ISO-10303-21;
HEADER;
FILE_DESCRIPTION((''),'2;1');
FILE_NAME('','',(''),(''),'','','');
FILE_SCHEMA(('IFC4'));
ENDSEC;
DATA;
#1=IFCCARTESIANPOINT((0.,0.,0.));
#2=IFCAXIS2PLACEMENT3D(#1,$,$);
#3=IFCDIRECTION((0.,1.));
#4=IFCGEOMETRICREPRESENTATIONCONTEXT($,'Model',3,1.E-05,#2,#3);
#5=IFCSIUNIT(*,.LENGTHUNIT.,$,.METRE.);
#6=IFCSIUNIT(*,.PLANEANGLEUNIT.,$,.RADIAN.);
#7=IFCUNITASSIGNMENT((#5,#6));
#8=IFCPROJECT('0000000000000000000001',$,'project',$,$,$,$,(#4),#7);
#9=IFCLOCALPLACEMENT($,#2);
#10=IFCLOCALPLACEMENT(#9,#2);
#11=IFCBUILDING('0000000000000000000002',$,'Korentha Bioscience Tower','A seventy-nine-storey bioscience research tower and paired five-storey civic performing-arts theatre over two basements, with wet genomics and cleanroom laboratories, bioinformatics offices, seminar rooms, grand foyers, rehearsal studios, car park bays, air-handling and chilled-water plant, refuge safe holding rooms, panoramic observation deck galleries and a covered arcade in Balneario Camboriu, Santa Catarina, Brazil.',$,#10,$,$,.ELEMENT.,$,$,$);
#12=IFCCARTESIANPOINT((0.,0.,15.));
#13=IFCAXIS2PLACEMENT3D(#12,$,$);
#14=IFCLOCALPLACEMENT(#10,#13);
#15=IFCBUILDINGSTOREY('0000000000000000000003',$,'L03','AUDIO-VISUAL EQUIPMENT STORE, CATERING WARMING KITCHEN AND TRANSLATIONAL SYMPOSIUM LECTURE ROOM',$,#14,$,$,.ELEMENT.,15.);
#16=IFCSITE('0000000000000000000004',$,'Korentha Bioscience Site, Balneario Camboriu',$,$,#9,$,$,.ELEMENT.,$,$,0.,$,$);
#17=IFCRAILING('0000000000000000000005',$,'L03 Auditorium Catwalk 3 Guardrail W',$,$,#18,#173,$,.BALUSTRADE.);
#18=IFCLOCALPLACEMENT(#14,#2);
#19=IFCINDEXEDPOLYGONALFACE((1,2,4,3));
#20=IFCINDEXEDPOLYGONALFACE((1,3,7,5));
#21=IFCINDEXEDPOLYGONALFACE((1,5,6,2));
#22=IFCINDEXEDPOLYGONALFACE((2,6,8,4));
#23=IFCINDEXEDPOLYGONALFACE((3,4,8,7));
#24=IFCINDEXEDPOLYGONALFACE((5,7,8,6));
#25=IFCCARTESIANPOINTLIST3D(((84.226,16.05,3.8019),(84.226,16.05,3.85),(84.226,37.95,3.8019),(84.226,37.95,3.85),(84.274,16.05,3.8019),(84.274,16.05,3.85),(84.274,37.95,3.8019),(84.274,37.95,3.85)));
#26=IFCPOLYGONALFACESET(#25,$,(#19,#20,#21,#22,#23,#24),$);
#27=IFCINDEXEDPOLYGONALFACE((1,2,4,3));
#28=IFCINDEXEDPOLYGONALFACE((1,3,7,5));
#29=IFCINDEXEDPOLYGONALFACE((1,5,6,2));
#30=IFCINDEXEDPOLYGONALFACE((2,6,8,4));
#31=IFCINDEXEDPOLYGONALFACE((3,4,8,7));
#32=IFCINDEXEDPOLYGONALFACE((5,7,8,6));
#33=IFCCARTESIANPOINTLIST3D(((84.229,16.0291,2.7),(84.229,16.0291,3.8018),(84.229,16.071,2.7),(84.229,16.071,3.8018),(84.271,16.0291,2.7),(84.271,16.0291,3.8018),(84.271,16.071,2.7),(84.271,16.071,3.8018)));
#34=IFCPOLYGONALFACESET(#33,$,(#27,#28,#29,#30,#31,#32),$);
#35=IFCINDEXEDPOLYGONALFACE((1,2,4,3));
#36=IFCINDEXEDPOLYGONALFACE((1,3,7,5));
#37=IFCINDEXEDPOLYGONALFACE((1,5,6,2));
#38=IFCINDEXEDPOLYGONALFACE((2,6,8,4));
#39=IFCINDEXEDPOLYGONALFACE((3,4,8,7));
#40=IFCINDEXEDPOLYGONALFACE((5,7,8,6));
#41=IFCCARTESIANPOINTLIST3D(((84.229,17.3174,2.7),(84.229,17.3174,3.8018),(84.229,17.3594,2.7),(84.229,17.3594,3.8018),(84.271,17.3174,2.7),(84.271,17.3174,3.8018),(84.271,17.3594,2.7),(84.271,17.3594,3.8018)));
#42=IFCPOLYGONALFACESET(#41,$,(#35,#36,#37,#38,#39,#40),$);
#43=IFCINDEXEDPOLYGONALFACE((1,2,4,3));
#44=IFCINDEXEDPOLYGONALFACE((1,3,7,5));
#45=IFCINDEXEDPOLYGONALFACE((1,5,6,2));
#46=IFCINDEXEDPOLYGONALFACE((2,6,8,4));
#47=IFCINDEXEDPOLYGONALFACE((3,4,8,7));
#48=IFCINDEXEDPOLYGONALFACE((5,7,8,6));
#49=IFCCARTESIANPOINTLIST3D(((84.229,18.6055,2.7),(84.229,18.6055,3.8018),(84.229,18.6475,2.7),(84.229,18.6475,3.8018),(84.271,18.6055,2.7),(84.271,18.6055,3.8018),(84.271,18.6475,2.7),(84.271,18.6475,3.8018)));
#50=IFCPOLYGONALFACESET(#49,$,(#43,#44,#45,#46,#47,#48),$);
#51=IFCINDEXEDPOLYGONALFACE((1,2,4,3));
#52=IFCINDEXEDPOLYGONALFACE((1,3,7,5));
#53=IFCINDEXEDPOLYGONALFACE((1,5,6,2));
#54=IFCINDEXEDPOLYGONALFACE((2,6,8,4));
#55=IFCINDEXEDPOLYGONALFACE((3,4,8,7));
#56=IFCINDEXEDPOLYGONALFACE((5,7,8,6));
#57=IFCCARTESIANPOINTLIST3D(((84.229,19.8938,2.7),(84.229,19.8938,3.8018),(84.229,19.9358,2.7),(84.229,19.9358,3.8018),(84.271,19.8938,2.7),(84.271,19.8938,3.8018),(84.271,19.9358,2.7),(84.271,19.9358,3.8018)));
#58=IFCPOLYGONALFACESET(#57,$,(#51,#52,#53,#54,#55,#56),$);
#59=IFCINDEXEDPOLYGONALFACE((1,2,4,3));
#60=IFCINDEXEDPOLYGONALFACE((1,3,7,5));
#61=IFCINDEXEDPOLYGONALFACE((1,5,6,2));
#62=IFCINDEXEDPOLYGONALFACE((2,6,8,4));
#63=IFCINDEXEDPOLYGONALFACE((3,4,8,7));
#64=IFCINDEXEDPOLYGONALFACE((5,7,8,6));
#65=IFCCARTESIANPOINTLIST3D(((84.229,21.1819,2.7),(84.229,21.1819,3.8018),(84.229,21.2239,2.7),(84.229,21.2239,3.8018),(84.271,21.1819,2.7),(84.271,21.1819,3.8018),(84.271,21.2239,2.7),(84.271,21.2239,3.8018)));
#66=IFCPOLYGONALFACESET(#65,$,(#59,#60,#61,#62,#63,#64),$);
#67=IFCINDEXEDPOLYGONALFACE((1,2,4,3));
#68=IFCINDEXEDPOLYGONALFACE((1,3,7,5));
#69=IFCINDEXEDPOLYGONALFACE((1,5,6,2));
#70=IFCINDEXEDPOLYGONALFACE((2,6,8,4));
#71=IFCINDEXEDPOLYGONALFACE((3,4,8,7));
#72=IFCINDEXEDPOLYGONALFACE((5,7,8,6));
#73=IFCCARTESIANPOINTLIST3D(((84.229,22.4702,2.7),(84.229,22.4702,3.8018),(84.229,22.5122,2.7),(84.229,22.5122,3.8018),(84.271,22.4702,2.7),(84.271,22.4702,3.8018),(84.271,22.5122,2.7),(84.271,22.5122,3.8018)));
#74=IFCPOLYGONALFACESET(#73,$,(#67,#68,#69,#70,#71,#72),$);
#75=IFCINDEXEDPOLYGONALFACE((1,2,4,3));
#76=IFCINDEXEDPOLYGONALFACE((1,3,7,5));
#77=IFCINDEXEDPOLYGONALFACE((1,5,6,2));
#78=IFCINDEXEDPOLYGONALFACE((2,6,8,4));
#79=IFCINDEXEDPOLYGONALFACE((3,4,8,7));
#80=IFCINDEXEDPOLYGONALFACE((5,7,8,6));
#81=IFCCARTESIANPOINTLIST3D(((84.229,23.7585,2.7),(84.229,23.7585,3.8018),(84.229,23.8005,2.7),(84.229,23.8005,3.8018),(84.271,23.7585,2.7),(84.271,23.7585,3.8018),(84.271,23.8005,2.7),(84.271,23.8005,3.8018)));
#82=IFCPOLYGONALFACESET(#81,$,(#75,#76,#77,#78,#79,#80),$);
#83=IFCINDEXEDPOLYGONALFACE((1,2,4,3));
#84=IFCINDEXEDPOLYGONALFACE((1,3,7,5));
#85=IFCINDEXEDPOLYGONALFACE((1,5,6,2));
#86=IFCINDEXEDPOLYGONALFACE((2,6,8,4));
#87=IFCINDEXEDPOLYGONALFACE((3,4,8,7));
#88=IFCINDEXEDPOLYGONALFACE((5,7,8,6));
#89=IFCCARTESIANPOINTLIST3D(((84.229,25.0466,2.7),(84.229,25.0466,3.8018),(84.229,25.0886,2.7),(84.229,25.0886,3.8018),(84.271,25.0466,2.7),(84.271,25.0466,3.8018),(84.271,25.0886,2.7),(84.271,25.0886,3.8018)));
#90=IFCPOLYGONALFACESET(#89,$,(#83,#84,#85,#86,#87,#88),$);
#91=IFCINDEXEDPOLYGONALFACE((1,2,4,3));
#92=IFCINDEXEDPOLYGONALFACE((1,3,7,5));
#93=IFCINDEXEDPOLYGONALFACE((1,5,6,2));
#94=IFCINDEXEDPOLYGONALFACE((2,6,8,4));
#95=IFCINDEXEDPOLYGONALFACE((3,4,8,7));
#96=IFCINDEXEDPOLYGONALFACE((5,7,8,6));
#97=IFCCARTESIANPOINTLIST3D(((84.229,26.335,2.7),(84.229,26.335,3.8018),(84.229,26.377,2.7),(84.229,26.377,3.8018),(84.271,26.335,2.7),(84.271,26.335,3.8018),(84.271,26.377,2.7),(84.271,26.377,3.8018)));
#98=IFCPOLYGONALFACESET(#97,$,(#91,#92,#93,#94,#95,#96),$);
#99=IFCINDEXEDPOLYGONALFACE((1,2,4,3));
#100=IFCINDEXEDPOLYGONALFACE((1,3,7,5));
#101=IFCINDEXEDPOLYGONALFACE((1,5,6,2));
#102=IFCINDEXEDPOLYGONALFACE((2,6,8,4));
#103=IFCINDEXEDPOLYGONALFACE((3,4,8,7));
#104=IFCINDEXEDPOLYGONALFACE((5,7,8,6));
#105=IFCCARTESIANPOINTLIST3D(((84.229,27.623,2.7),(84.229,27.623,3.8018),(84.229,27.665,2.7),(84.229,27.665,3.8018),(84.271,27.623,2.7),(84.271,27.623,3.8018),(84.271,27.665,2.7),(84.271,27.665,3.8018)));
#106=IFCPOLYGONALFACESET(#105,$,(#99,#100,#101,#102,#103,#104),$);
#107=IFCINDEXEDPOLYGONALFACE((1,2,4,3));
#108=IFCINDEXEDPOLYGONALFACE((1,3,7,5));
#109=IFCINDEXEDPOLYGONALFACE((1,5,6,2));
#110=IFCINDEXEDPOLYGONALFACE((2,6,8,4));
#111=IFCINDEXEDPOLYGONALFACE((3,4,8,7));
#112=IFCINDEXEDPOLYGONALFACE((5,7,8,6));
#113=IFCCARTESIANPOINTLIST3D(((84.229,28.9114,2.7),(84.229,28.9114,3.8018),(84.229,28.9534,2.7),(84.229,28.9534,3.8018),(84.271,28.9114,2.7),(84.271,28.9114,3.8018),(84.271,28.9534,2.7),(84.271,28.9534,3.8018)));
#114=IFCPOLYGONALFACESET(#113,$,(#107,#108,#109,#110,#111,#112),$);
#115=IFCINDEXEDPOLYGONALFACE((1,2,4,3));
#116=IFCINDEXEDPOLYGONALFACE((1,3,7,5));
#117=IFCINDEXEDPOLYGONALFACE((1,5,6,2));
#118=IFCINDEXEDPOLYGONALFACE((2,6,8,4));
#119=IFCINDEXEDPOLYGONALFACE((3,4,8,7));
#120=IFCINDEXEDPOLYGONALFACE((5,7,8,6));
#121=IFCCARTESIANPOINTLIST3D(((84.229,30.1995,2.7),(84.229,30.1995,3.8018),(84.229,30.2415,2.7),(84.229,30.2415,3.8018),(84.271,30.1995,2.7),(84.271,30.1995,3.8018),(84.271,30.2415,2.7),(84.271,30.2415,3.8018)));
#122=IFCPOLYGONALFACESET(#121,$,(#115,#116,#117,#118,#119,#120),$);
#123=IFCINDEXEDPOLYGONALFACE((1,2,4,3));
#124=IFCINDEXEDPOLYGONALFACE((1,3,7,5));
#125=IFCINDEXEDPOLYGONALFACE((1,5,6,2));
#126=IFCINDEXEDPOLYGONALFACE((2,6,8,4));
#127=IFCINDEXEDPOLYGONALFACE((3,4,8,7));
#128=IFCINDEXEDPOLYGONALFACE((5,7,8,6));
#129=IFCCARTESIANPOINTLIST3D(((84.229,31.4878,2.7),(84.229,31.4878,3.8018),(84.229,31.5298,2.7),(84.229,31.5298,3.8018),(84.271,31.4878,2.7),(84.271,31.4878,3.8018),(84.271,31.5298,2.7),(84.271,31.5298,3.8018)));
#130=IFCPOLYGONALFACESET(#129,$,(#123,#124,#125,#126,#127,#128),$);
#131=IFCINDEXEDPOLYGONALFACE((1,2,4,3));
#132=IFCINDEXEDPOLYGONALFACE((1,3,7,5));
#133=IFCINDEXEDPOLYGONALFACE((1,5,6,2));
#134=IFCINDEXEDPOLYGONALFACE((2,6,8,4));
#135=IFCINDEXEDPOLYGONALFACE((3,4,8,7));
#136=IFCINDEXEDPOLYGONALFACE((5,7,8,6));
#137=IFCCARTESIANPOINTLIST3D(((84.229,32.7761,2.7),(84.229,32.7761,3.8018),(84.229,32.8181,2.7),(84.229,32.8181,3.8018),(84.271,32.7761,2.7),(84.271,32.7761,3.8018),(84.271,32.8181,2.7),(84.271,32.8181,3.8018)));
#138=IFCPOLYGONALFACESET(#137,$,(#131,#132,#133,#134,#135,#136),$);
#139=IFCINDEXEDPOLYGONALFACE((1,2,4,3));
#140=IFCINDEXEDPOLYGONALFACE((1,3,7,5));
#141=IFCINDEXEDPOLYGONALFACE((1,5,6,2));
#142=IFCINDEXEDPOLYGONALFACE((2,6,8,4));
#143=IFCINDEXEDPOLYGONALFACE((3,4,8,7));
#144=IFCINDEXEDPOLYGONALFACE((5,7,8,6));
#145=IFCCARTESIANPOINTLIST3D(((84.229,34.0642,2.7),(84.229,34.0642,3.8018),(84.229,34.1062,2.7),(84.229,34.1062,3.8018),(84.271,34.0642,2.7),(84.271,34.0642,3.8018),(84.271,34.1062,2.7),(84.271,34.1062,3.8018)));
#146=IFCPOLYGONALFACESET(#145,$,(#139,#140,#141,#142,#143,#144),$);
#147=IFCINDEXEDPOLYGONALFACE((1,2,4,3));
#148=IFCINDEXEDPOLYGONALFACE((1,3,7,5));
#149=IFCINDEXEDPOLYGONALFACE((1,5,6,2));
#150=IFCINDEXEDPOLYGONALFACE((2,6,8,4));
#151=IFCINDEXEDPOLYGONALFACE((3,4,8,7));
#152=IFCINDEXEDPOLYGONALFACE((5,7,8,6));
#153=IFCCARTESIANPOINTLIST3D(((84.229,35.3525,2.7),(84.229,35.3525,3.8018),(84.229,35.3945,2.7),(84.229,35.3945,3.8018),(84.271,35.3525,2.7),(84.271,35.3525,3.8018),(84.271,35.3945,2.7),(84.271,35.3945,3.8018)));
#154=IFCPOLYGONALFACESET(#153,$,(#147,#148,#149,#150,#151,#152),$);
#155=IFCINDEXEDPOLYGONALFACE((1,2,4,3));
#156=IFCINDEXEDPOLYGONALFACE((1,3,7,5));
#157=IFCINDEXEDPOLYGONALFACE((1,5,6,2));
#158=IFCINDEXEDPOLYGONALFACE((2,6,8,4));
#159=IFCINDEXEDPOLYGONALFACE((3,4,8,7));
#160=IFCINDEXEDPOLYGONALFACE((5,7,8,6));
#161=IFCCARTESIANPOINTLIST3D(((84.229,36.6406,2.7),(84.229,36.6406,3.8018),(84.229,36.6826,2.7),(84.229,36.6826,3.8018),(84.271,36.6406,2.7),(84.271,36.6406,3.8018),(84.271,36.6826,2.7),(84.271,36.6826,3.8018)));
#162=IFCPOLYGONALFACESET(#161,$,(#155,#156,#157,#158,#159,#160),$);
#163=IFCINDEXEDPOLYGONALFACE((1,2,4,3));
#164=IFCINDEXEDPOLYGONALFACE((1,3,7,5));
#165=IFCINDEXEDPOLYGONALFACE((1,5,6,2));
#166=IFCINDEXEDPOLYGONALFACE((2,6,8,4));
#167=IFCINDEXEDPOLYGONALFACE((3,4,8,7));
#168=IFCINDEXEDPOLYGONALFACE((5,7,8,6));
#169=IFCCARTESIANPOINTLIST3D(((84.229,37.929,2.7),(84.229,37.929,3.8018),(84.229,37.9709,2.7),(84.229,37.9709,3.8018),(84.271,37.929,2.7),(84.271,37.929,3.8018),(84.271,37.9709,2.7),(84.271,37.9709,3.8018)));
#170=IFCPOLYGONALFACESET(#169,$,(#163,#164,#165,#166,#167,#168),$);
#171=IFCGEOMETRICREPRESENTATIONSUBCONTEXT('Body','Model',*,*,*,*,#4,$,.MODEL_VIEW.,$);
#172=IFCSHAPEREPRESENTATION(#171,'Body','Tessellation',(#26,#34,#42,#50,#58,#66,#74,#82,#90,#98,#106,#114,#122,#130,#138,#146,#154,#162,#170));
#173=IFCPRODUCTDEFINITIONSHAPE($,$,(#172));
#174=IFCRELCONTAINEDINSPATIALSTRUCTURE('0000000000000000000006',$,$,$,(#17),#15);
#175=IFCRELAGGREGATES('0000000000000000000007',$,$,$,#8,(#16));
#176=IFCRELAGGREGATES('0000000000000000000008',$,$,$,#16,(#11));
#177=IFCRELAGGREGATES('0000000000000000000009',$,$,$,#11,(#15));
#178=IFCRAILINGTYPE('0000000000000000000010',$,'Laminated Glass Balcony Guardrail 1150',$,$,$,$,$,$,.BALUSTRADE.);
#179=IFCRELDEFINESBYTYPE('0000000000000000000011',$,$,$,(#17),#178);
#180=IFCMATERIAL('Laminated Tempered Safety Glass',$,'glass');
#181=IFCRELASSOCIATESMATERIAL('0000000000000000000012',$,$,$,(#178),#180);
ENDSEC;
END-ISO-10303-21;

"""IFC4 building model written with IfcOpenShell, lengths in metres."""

from ifc_helpers import new_model, si_unit, direction, frame, origin, origin_2d, place, context, subcontext, project, spatial, rectangle, extrude, material, type_object, element, save


model = new_model("IFC4")

# Units and contexts
model_context = context("Model", 3, precision=1e-05, world=origin(), true_north=direction((0.0, 1.0)))
body_context = subcontext(model_context, "Body", "Model", "MODEL_VIEW")
ifc_project = project(units=[si_unit("LENGTHUNIT", "METRE"), si_unit("PLANEANGLEUNIT", "RADIAN")], contexts=[model_context])

# Site, building, storey
site_placement = place(None, origin())
site = spatial("IfcSite", under=ifc_project, at=site_placement, Name="Korentha Bioscience Site, Balneario Camboriu", CompositionType="ELEMENT", RefElevation=0.0)
building_placement = place(site_placement, origin())
building = spatial("IfcBuilding", under=site, at=building_placement, Name="Korentha Bioscience Tower", Description="A seventy-nine-storey bioscience research tower and paired five-storey civic performing-arts theatre over two basements, with wet genomics and cleanroom laboratories, bioinformatics offices, seminar rooms, grand foyers, rehearsal studios, car park bays, air-handling and chilled-water plant, refuge safe holding rooms, panoramic observation deck galleries and a covered arcade in Balneario Camboriu, Santa Catarina, Brazil.", CompositionType="ELEMENT")
storey_placement = place(building_placement, frame((0.0, 0.0, 15.0)))
storey = spatial("IfcBuildingStorey", under=building, at=storey_placement, Name="L03", Description="AUDIO-VISUAL EQUIPMENT STORE, CATERING WARMING KITCHEN AND TRANSLATIONAL SYMPOSIUM LECTURE ROOM", CompositionType="ELEMENT", Elevation=15.0)

# Railing
ifc_material_1 = material(Name="Laminated Tempered Safety Glass", Category="glass")
railing_type = type_object("IfcRailingType", Name="Laminated Glass Balcony Guardrail 1150", PredefinedType="BALUSTRADE", material=ifc_material_1)
railing_1_placement = place(storey_placement, frame((84.25, 16.05, 2.7)))
element("IfcRailing", 1, at=railing_1_placement, inside=storey, type_object=railing_type, Name="L03 Auditorium Catwalk 3 Guardrail W", PredefinedType="BALUSTRADE", context=body_context, shape_type="SweptSolid", body=[
    extrude(rectangle(XDim=0.0481, YDim=0.0481, at=origin_2d()), frame((0.0, 0.0, 1.126), z_axis=(0.0, 1.0, 0.0), x_axis=(-1.0, 0.0, 0.0)), (0.0, 0.0, 1.0), 21.8999),
    extrude(rectangle(XDim=0.042, YDim=0.042, at=origin_2d()), origin(), (0.0, 0.0, 1.0), 1.1018),
    extrude(rectangle(XDim=0.042, YDim=0.042, at=origin_2d()), frame((0.0, 1.2883, 0.0)), (0.0, 0.0, 1.0), 1.1018),
    extrude(rectangle(XDim=0.042, YDim=0.042, at=origin_2d()), frame((0.0, 2.5764, 0.0)), (0.0, 0.0, 1.0), 1.1018),
    extrude(rectangle(XDim=0.042, YDim=0.042, at=origin_2d()), frame((0.0, 3.8647, 0.0)), (0.0, 0.0, 1.0), 1.1018),
    extrude(rectangle(XDim=0.042, YDim=0.042, at=origin_2d()), frame((0.0, 5.1528, 0.0)), (0.0, 0.0, 1.0), 1.1018),
    extrude(rectangle(XDim=0.042, YDim=0.042, at=origin_2d()), frame((0.0, 6.4412, 0.0)), (0.0, 0.0, 1.0), 1.1018),
    extrude(rectangle(XDim=0.042, YDim=0.042, at=origin_2d()), frame((0.0, 7.7295, 0.0)), (0.0, 0.0, 1.0), 1.1018),
    extrude(rectangle(XDim=0.042, YDim=0.042, at=origin_2d()), frame((0.0, 9.0176, 0.0)), (0.0, 0.0, 1.0), 1.1018),
    extrude(rectangle(XDim=0.042, YDim=0.042, at=origin_2d()), frame((0.0, 10.3059, 0.0)), (0.0, 0.0, 1.0), 1.1018),
    extrude(rectangle(XDim=0.042, YDim=0.042, at=origin_2d()), frame((0.0, 11.594, 0.0)), (0.0, 0.0, 1.0), 1.1018),
    extrude(rectangle(XDim=0.042, YDim=0.042, at=origin_2d()), frame((0.0, 12.8823, 0.0)), (0.0, 0.0, 1.0), 1.1018),
    extrude(rectangle(XDim=0.042, YDim=0.042, at=origin_2d()), frame((0.0, 14.1704, 0.0)), (0.0, 0.0, 1.0), 1.1018),
    extrude(rectangle(XDim=0.042, YDim=0.042, at=origin_2d()), frame((0.0, 15.4587, 0.0)), (0.0, 0.0, 1.0), 1.1018),
    extrude(rectangle(XDim=0.042, YDim=0.042, at=origin_2d()), frame((0.0, 16.7471, 0.0)), (0.0, 0.0, 1.0), 1.1018),
    extrude(rectangle(XDim=0.042, YDim=0.042, at=origin_2d()), frame((0.0, 18.0352, 0.0)), (0.0, 0.0, 1.0), 1.1018),
    extrude(rectangle(XDim=0.042, YDim=0.042, at=origin_2d()), frame((0.0, 19.3235, 0.0)), (0.0, 0.0, 1.0), 1.1018),
    extrude(rectangle(XDim=0.042, YDim=0.042, at=origin_2d()), frame((0.0, 20.6116, 0.0)), (0.0, 0.0, 1.0), 1.1018),
    extrude(rectangle(XDim=0.042, YDim=0.042, at=origin_2d()), frame((0.0, 21.8999, 0.0)), (0.0, 0.0, 1.0), 1.1018),
])

save(model, "model.ifc")
